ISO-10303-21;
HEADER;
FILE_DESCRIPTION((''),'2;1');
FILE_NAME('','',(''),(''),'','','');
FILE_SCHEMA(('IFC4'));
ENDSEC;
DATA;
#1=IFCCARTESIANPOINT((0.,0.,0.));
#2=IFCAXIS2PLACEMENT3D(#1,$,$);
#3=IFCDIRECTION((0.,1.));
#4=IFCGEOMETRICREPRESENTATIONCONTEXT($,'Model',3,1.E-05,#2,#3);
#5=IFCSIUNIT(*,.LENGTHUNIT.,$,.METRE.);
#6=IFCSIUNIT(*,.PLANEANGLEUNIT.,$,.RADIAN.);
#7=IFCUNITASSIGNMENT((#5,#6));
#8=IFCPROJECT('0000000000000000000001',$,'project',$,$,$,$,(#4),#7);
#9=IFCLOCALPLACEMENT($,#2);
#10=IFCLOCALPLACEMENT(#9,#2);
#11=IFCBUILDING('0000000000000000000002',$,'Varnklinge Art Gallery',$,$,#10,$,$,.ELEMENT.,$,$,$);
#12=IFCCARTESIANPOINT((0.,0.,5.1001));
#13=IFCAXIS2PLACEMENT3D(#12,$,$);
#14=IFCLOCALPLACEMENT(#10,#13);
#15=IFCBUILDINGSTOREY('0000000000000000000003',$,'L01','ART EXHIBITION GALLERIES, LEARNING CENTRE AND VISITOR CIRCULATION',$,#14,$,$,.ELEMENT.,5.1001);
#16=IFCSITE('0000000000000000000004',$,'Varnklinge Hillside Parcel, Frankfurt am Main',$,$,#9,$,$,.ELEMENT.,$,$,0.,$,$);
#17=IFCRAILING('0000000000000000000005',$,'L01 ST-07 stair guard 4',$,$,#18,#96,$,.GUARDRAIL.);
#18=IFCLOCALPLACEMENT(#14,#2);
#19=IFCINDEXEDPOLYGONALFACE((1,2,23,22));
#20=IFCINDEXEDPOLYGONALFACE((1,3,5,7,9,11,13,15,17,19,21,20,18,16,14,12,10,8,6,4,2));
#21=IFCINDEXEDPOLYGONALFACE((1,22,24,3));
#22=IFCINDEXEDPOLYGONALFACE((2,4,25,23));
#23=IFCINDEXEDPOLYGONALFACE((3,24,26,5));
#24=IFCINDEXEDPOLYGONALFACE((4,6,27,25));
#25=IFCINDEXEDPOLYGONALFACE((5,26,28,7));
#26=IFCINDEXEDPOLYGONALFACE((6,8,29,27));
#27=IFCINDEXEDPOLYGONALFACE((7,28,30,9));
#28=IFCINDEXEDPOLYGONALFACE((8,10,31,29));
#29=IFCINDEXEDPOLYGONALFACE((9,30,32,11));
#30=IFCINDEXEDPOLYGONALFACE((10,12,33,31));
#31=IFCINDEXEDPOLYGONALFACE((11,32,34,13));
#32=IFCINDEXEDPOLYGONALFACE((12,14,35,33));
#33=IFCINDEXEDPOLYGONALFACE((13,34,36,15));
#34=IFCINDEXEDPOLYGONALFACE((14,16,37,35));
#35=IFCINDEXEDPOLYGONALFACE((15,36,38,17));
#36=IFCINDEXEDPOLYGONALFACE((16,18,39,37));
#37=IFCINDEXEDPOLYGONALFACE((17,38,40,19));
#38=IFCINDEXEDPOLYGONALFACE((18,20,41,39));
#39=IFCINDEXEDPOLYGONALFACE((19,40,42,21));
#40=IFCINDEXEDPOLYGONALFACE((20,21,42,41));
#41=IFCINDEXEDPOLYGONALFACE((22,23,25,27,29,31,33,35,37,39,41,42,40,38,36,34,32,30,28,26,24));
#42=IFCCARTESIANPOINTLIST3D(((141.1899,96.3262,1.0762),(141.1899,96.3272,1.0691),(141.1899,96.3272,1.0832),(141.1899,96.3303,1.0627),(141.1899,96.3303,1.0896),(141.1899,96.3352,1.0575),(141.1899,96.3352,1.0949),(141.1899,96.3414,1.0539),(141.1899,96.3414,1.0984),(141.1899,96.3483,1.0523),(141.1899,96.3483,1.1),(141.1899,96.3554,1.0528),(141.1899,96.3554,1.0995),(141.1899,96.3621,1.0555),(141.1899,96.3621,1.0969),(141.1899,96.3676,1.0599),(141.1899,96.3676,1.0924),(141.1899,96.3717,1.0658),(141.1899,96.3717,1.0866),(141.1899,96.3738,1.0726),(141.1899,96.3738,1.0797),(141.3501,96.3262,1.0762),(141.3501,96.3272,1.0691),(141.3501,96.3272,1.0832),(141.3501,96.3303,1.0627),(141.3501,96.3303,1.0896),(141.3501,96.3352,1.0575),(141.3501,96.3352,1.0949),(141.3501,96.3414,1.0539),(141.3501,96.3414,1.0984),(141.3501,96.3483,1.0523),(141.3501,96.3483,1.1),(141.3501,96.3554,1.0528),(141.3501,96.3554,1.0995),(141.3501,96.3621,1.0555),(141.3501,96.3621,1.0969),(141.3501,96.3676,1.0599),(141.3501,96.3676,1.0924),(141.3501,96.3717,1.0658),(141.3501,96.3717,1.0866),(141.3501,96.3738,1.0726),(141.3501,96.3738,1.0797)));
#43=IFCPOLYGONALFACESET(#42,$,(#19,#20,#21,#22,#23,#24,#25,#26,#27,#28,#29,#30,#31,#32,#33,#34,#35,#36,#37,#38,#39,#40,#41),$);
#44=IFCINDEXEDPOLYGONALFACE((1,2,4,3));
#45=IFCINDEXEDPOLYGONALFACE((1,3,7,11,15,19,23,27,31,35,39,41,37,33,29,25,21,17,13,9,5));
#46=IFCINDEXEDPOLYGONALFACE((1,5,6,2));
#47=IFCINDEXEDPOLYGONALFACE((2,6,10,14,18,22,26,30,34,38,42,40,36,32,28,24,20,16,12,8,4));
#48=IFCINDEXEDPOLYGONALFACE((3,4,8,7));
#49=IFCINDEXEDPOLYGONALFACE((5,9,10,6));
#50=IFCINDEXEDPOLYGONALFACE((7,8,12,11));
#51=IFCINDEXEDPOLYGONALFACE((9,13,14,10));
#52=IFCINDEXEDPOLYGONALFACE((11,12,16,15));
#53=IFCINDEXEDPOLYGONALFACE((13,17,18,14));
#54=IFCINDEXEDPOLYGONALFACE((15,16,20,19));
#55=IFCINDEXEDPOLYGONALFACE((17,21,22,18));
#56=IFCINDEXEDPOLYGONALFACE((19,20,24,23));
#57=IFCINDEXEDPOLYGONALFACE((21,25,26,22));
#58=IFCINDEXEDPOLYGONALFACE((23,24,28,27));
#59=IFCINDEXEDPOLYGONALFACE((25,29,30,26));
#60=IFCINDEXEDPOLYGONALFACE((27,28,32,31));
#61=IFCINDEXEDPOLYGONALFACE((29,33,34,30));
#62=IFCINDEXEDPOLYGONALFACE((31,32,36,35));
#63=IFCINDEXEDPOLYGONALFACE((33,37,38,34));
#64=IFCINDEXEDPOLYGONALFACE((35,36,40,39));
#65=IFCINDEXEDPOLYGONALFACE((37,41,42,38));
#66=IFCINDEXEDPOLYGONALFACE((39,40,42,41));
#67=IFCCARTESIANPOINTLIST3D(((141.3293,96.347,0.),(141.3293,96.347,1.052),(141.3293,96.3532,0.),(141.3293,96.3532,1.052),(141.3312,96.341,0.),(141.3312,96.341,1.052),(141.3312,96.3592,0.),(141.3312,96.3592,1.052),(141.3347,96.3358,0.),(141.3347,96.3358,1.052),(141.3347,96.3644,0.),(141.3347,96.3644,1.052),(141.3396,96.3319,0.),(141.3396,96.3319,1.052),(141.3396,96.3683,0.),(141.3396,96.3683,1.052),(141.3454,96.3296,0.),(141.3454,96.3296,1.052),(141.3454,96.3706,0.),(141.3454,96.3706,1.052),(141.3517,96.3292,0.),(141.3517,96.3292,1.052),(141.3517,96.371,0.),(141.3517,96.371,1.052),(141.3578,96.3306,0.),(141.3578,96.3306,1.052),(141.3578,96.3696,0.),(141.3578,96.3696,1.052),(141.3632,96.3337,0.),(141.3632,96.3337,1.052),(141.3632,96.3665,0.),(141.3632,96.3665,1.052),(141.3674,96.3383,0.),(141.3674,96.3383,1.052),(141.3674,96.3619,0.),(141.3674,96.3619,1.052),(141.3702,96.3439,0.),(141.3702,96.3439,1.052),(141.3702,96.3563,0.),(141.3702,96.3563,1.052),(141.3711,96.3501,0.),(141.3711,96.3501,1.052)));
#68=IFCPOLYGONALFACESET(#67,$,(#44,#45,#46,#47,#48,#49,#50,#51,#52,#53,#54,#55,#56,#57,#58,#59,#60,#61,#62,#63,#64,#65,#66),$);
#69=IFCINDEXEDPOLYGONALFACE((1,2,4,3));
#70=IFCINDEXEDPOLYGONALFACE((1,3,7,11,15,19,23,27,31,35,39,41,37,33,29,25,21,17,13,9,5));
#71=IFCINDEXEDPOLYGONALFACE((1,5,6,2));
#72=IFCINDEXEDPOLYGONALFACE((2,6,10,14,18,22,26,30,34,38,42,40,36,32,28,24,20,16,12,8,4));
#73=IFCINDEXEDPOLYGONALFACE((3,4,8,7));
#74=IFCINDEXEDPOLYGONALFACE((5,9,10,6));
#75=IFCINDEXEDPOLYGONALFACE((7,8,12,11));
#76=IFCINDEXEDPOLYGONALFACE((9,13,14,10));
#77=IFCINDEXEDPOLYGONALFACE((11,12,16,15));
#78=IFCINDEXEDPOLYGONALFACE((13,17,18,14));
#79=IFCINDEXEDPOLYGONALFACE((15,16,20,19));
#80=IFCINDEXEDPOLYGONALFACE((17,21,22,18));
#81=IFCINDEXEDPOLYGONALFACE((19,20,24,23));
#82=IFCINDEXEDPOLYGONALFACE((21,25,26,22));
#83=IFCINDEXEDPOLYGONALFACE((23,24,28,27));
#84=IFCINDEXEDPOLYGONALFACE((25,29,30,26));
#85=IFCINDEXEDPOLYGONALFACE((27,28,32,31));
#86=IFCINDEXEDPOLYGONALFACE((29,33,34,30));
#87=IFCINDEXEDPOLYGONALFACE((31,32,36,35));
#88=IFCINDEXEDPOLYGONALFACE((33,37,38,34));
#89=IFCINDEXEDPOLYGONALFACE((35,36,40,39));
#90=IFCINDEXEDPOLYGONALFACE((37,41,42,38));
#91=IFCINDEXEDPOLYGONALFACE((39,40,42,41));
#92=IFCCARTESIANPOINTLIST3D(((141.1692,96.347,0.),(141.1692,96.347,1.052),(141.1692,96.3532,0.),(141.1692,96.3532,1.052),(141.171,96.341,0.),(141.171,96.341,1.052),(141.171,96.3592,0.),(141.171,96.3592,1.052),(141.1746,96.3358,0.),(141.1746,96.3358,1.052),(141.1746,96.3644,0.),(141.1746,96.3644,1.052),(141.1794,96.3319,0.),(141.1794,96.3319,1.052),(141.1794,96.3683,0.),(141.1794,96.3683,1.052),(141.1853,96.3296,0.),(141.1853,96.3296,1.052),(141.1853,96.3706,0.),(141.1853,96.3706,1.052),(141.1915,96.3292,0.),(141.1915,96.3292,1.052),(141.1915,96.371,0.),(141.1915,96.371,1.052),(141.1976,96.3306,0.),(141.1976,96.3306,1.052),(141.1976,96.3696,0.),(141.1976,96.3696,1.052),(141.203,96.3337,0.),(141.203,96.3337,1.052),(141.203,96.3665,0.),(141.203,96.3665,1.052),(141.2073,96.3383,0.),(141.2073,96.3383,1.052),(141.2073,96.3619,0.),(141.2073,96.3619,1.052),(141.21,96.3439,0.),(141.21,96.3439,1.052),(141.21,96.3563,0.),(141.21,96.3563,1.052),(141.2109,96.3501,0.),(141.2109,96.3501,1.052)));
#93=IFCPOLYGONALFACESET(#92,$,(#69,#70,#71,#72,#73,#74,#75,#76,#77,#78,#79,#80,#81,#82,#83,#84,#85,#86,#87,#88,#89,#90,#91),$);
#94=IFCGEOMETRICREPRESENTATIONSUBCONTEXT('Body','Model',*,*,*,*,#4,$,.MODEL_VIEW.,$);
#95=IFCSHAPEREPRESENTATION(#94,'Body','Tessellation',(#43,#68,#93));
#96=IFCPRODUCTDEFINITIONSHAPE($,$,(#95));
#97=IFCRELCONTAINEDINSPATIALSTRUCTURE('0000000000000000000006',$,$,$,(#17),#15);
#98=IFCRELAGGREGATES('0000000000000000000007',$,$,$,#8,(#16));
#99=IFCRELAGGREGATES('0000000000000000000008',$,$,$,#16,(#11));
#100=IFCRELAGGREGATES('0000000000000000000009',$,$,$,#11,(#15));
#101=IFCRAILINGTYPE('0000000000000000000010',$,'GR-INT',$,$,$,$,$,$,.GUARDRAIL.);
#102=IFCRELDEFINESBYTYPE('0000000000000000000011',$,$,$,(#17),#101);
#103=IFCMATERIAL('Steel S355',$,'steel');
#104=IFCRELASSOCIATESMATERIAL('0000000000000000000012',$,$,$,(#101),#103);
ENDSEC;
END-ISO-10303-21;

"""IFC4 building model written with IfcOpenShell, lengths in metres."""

from ifc_helpers import new_model, si_unit, direction, frame, origin, origin_2d, place, context, subcontext, project, spatial, circle, extrude, material, type_object, element, save


model = new_model("IFC4")

# Units and contexts
model_context = context("Model", 3, precision=1e-05, world=origin(), true_north=direction((0.0, 1.0)))
body_context = subcontext(model_context, "Body", "Model", "MODEL_VIEW")
ifc_project = project(units=[si_unit("LENGTHUNIT", "METRE"), si_unit("PLANEANGLEUNIT", "RADIAN")], contexts=[model_context])

# Site, building, storey
site_placement = place(None, origin())
site = spatial("IfcSite", under=ifc_project, at=site_placement, Name="Varnklinge Hillside Parcel, Frankfurt am Main", CompositionType="ELEMENT", RefElevation=0.0)
building_placement = place(site_placement, origin())
building = spatial("IfcBuilding", under=site, at=building_placement, Name="Varnklinge Art Gallery", CompositionType="ELEMENT")
storey_placement = place(building_placement, frame((0.0, 0.0, 5.1001)))
storey = spatial("IfcBuildingStorey", under=building, at=storey_placement, Name="L01", Description="ART EXHIBITION GALLERIES, LEARNING CENTRE AND VISITOR CIRCULATION", CompositionType="ELEMENT", Elevation=5.1001)

# Railing
ifc_material_1 = material(Name="Steel S355", Category="steel")
railing_type_1 = type_object("IfcRailingType", Name="GR-INT", PredefinedType="GUARDRAIL", material=ifc_material_1)
railing_1_placement = place(storey_placement, frame((141.3501, 96.3501, 0.0)))
element("IfcRailing", 1, at=railing_1_placement, inside=storey, type_object=railing_type_1, Name="L01 ST-07 stair guard 4", PredefinedType="GUARDRAIL", context=body_context, shape_type="SweptSolid", body=[
    extrude(circle(Radius=0.0239, at=origin_2d()), frame((0.0, 0.0, 1.0762), z_axis=(-1.0, 0.0, 0.0), x_axis=(0.0, -1.0, 0.0)), (0.0, 0.0, 1.0), 0.1602),
    extrude(circle(Radius=0.021, at=origin_2d()), origin(), (0.0, 0.0, 1.0), 1.052),
    extrude(circle(Radius=0.021, at=origin_2d()), frame((-0.1602, 0.0, 0.0)), (0.0, 0.0, 1.0), 1.052),
])

save(model, "model.ifc")
